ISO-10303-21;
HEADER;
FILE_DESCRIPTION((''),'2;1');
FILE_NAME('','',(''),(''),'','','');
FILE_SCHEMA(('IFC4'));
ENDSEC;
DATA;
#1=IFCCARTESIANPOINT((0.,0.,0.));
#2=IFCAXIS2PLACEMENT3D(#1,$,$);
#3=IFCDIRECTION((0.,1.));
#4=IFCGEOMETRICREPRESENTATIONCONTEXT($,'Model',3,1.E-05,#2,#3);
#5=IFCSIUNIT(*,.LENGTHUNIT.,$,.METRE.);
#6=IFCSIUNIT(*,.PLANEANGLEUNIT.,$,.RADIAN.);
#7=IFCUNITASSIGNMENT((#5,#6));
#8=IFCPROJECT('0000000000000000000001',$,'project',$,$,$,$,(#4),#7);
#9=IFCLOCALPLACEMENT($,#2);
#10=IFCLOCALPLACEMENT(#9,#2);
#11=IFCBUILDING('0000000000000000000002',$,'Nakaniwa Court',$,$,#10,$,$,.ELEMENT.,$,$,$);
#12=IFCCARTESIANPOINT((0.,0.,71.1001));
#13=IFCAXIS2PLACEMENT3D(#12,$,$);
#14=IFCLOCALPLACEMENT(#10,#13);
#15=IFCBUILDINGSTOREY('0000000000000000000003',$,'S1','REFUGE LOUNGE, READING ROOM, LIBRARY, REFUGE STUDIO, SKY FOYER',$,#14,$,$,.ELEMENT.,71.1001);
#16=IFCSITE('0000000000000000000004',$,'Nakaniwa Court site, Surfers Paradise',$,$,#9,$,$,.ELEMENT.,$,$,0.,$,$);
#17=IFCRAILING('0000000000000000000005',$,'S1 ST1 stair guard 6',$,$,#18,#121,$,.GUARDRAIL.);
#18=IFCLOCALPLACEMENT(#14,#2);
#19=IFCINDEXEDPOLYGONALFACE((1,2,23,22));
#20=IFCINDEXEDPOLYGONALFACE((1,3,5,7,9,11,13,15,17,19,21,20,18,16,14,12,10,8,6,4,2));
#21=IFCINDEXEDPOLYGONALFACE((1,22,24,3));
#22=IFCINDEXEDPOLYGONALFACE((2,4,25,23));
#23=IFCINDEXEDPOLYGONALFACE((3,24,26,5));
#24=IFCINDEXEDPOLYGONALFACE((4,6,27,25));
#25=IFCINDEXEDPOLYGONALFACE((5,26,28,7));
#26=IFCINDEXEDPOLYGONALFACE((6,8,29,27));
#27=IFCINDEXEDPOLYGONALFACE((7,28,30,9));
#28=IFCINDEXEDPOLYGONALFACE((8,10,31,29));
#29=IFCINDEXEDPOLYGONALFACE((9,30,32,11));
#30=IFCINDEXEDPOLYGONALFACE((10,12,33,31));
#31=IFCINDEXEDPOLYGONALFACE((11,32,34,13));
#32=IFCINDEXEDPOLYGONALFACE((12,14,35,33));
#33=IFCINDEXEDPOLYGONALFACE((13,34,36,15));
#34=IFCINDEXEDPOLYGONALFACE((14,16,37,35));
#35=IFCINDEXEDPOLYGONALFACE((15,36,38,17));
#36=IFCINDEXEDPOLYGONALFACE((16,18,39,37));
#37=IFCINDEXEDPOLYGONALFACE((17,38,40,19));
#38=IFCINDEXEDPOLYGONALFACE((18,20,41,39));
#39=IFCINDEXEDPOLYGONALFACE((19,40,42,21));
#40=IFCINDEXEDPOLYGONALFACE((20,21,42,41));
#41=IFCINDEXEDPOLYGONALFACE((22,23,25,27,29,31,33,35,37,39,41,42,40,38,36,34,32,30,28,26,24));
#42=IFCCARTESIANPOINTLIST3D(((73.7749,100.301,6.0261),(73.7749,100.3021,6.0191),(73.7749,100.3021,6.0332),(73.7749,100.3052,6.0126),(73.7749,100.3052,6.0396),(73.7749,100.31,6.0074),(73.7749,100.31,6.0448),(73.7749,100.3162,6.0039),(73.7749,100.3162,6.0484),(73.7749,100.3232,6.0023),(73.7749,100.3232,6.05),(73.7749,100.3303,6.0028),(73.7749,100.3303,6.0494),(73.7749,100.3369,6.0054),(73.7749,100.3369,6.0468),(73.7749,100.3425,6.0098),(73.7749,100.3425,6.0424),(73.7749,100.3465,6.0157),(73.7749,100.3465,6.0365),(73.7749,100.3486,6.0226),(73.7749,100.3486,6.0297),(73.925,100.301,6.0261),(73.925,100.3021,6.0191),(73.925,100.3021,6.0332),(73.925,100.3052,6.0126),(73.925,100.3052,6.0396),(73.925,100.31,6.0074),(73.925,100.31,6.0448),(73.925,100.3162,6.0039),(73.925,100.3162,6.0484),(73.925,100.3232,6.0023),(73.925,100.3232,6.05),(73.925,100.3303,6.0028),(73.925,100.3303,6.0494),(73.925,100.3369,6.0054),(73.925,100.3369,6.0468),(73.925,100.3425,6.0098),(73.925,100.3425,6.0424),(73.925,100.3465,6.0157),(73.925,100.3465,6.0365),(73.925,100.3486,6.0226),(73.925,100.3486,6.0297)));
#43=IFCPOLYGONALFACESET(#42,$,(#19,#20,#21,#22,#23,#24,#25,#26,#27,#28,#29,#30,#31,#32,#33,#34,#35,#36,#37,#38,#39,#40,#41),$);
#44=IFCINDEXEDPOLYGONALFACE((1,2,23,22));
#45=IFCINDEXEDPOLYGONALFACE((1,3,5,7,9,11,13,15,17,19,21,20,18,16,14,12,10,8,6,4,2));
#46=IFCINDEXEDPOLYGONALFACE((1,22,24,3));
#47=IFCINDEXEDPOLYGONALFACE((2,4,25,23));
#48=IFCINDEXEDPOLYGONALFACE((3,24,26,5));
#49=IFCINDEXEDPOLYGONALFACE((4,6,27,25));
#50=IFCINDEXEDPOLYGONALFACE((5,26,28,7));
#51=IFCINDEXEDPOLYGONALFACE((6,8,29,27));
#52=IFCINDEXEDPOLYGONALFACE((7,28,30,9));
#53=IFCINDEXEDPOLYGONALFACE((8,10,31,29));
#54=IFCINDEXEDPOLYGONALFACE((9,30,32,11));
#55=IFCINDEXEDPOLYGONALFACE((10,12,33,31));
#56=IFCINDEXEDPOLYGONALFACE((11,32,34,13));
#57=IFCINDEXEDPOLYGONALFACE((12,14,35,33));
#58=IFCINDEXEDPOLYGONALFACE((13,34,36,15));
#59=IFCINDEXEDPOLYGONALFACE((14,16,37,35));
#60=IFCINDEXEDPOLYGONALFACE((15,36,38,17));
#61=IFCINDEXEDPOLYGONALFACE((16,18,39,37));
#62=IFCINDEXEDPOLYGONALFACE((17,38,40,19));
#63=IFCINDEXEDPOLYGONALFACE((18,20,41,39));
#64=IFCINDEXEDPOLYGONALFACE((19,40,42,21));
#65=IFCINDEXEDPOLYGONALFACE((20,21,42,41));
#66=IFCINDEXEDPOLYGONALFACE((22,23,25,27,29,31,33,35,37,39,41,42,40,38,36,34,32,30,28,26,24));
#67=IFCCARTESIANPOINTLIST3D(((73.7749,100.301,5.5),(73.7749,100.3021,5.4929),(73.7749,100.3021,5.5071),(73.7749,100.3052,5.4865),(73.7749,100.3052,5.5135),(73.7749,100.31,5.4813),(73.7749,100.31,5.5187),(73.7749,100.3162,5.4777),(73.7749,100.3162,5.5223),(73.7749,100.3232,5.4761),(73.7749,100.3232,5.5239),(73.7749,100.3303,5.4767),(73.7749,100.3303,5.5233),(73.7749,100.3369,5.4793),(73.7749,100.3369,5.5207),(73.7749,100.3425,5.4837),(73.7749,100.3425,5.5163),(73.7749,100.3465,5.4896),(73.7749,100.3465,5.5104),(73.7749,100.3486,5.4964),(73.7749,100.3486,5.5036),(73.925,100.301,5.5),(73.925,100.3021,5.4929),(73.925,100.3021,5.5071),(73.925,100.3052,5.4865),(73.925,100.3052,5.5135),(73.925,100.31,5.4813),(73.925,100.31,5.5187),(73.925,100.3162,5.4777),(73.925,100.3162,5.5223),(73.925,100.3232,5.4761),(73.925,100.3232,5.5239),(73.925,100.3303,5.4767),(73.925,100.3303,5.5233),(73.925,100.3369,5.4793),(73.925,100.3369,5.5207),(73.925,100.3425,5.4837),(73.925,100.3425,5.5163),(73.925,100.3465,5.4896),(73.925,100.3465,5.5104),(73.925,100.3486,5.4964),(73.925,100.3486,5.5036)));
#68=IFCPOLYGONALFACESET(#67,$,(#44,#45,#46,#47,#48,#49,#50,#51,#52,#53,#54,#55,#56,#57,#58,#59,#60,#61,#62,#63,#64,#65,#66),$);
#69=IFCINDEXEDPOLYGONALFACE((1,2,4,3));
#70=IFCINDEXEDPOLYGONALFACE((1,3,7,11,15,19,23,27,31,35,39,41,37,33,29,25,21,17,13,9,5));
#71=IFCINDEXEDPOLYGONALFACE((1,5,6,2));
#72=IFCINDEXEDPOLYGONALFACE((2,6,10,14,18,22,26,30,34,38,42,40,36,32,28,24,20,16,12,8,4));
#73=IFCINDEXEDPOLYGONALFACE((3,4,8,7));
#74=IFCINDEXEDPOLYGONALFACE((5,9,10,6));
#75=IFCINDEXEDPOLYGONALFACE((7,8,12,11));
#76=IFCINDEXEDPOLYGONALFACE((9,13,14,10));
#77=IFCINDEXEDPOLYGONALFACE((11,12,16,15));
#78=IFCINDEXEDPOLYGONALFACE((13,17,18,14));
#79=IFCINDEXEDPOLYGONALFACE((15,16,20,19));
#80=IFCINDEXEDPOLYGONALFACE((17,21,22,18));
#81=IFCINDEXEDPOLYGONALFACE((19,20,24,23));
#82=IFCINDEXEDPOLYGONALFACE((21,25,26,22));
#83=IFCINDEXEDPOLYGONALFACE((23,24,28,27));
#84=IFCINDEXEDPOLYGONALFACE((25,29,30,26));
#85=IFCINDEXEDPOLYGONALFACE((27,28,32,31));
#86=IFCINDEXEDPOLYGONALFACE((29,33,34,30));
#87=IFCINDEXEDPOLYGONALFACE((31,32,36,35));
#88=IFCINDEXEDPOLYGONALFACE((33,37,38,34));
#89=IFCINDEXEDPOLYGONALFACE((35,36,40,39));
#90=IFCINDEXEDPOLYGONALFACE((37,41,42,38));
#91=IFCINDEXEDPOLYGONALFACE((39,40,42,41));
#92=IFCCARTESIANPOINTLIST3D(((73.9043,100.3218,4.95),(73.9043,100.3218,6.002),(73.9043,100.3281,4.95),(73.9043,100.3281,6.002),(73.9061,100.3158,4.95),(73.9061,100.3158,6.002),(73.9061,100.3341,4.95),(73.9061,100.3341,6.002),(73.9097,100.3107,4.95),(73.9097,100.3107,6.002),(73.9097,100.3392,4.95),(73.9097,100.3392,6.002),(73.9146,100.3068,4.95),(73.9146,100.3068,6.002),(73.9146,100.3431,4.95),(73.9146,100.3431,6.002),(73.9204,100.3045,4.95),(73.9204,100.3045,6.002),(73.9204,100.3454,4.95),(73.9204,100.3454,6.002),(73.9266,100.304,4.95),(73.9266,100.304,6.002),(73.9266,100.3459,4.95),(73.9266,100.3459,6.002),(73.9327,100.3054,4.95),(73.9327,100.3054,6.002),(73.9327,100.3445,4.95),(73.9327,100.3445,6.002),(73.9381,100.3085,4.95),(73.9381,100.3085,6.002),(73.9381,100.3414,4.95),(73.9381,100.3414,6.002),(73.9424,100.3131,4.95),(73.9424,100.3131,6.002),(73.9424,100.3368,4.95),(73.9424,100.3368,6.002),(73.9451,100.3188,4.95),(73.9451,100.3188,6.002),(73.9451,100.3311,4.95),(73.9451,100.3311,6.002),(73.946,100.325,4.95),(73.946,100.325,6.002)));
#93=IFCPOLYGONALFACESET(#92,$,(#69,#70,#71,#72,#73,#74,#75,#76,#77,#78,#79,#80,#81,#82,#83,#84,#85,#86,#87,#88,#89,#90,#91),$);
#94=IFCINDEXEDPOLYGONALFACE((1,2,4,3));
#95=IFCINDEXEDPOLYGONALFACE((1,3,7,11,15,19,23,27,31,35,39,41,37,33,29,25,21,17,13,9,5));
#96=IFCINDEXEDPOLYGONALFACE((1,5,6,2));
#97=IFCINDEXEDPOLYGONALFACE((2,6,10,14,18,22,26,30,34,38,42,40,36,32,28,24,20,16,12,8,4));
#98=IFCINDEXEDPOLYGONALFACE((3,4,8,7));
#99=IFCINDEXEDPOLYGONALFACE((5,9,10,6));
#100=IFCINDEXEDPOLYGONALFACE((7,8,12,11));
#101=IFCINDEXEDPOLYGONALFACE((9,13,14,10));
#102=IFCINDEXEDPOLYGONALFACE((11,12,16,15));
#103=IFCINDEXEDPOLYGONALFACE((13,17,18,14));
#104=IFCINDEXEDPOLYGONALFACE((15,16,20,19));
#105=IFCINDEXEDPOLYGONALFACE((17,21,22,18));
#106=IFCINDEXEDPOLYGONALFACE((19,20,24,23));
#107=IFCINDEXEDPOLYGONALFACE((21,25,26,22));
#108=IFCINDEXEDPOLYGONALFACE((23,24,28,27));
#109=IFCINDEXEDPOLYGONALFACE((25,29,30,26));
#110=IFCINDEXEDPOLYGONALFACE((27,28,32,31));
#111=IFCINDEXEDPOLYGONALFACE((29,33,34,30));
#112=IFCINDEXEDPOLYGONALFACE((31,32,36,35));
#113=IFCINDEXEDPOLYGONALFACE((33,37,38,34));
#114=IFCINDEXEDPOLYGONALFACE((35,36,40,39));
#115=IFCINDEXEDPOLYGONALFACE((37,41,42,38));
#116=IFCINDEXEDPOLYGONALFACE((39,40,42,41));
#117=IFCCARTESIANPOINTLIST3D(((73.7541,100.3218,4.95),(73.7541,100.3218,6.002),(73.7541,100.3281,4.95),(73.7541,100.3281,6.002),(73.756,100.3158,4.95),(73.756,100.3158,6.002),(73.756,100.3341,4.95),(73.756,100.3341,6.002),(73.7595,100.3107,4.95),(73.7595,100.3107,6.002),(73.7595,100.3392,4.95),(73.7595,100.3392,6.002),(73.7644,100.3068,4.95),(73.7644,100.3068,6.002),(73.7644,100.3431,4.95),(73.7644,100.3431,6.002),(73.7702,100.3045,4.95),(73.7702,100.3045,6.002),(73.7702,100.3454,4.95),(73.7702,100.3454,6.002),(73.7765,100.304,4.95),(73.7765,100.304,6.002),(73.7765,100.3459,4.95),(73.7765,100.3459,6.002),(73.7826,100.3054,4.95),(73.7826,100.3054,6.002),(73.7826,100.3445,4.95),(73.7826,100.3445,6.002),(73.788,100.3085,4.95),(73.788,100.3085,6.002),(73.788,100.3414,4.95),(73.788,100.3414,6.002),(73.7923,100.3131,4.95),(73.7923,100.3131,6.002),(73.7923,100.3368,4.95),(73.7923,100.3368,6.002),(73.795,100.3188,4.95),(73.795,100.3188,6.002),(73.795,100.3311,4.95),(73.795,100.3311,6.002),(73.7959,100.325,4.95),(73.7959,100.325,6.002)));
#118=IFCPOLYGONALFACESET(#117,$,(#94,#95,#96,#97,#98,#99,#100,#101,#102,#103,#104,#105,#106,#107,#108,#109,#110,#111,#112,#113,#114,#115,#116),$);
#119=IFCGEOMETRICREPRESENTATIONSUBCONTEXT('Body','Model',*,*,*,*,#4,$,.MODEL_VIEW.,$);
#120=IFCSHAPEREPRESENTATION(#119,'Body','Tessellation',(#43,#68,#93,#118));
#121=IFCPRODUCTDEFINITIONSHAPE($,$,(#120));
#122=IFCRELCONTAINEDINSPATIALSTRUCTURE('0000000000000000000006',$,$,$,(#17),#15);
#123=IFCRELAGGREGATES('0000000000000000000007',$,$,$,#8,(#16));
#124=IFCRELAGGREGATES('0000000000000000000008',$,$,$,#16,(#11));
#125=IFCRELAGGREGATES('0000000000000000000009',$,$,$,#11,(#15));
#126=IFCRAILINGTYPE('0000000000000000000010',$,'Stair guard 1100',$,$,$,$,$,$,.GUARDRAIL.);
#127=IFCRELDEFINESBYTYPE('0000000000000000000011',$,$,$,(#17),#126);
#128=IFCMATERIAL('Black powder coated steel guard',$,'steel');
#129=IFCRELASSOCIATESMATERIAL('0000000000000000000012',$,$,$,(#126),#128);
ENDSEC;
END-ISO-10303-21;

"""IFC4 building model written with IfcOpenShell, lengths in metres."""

from ifc_helpers import new_model, si_unit, direction, frame, origin, origin_2d, place, context, subcontext, project, spatial, circle, extrude, material, type_object, element, save


model = new_model("IFC4")

# Units and contexts
model_context = context("Model", 3, precision=1e-05, world=origin(), true_north=direction((0.0, 1.0)))
body_context = subcontext(model_context, "Body", "Model", "MODEL_VIEW")
ifc_project = project(units=[si_unit("LENGTHUNIT", "METRE"), si_unit("PLANEANGLEUNIT", "RADIAN")], contexts=[model_context])

# Site, building, storey
site_placement = place(None, origin())
site = spatial("IfcSite", under=ifc_project, at=site_placement, Name="Nakaniwa Court site, Surfers Paradise", CompositionType="ELEMENT", RefElevation=0.0)
building_placement = place(site_placement, origin())
building = spatial("IfcBuilding", under=site, at=building_placement, Name="Nakaniwa Court", CompositionType="ELEMENT")
storey_placement = place(building_placement, frame((0.0, 0.0, 71.1001)))
storey = spatial("IfcBuildingStorey", under=building, at=storey_placement, Name="S1", Description="REFUGE LOUNGE, READING ROOM, LIBRARY, REFUGE STUDIO, SKY FOYER", CompositionType="ELEMENT", Elevation=71.1001)

# Railing
ifc_material_1 = material(Name="Black powder coated steel guard", Category="steel")
railing_type_1 = type_object("IfcRailingType", Name="Stair guard 1100", PredefinedType="GUARDRAIL", material=ifc_material_1)
railing_1_placement = place(storey_placement, frame((73.925, 100.325, 4.95)))
element("IfcRailing", 1, at=railing_1_placement, inside=storey, type_object=railing_type_1, Name="S1 ST1 stair guard 6", PredefinedType="GUARDRAIL", context=body_context, shape_type="SweptSolid", body=[
    extrude(circle(Radius=0.0239, at=origin_2d()), frame((0.0, 0.0, 1.0762), z_axis=(-1.0, 0.0, 0.0), x_axis=(0.0, -1.0, 0.0)), (0.0, 0.0, 1.0), 0.1501),
    extrude(circle(Radius=0.0239, at=origin_2d()), frame((0.0, 0.0, 0.55), z_axis=(-1.0, 0.0, 0.0), x_axis=(0.0, -1.0, 0.0)), (0.0, 0.0, 1.0), 0.1501),
    extrude(circle(Radius=0.021, at=origin_2d()), origin(), (0.0, 0.0, 1.0), 1.052),
    extrude(circle(Radius=0.021, at=origin_2d()), frame((-0.1501, 0.0, 0.0)), (0.0, 0.0, 1.0), 1.052),
])

save(model, "model.ifc")
